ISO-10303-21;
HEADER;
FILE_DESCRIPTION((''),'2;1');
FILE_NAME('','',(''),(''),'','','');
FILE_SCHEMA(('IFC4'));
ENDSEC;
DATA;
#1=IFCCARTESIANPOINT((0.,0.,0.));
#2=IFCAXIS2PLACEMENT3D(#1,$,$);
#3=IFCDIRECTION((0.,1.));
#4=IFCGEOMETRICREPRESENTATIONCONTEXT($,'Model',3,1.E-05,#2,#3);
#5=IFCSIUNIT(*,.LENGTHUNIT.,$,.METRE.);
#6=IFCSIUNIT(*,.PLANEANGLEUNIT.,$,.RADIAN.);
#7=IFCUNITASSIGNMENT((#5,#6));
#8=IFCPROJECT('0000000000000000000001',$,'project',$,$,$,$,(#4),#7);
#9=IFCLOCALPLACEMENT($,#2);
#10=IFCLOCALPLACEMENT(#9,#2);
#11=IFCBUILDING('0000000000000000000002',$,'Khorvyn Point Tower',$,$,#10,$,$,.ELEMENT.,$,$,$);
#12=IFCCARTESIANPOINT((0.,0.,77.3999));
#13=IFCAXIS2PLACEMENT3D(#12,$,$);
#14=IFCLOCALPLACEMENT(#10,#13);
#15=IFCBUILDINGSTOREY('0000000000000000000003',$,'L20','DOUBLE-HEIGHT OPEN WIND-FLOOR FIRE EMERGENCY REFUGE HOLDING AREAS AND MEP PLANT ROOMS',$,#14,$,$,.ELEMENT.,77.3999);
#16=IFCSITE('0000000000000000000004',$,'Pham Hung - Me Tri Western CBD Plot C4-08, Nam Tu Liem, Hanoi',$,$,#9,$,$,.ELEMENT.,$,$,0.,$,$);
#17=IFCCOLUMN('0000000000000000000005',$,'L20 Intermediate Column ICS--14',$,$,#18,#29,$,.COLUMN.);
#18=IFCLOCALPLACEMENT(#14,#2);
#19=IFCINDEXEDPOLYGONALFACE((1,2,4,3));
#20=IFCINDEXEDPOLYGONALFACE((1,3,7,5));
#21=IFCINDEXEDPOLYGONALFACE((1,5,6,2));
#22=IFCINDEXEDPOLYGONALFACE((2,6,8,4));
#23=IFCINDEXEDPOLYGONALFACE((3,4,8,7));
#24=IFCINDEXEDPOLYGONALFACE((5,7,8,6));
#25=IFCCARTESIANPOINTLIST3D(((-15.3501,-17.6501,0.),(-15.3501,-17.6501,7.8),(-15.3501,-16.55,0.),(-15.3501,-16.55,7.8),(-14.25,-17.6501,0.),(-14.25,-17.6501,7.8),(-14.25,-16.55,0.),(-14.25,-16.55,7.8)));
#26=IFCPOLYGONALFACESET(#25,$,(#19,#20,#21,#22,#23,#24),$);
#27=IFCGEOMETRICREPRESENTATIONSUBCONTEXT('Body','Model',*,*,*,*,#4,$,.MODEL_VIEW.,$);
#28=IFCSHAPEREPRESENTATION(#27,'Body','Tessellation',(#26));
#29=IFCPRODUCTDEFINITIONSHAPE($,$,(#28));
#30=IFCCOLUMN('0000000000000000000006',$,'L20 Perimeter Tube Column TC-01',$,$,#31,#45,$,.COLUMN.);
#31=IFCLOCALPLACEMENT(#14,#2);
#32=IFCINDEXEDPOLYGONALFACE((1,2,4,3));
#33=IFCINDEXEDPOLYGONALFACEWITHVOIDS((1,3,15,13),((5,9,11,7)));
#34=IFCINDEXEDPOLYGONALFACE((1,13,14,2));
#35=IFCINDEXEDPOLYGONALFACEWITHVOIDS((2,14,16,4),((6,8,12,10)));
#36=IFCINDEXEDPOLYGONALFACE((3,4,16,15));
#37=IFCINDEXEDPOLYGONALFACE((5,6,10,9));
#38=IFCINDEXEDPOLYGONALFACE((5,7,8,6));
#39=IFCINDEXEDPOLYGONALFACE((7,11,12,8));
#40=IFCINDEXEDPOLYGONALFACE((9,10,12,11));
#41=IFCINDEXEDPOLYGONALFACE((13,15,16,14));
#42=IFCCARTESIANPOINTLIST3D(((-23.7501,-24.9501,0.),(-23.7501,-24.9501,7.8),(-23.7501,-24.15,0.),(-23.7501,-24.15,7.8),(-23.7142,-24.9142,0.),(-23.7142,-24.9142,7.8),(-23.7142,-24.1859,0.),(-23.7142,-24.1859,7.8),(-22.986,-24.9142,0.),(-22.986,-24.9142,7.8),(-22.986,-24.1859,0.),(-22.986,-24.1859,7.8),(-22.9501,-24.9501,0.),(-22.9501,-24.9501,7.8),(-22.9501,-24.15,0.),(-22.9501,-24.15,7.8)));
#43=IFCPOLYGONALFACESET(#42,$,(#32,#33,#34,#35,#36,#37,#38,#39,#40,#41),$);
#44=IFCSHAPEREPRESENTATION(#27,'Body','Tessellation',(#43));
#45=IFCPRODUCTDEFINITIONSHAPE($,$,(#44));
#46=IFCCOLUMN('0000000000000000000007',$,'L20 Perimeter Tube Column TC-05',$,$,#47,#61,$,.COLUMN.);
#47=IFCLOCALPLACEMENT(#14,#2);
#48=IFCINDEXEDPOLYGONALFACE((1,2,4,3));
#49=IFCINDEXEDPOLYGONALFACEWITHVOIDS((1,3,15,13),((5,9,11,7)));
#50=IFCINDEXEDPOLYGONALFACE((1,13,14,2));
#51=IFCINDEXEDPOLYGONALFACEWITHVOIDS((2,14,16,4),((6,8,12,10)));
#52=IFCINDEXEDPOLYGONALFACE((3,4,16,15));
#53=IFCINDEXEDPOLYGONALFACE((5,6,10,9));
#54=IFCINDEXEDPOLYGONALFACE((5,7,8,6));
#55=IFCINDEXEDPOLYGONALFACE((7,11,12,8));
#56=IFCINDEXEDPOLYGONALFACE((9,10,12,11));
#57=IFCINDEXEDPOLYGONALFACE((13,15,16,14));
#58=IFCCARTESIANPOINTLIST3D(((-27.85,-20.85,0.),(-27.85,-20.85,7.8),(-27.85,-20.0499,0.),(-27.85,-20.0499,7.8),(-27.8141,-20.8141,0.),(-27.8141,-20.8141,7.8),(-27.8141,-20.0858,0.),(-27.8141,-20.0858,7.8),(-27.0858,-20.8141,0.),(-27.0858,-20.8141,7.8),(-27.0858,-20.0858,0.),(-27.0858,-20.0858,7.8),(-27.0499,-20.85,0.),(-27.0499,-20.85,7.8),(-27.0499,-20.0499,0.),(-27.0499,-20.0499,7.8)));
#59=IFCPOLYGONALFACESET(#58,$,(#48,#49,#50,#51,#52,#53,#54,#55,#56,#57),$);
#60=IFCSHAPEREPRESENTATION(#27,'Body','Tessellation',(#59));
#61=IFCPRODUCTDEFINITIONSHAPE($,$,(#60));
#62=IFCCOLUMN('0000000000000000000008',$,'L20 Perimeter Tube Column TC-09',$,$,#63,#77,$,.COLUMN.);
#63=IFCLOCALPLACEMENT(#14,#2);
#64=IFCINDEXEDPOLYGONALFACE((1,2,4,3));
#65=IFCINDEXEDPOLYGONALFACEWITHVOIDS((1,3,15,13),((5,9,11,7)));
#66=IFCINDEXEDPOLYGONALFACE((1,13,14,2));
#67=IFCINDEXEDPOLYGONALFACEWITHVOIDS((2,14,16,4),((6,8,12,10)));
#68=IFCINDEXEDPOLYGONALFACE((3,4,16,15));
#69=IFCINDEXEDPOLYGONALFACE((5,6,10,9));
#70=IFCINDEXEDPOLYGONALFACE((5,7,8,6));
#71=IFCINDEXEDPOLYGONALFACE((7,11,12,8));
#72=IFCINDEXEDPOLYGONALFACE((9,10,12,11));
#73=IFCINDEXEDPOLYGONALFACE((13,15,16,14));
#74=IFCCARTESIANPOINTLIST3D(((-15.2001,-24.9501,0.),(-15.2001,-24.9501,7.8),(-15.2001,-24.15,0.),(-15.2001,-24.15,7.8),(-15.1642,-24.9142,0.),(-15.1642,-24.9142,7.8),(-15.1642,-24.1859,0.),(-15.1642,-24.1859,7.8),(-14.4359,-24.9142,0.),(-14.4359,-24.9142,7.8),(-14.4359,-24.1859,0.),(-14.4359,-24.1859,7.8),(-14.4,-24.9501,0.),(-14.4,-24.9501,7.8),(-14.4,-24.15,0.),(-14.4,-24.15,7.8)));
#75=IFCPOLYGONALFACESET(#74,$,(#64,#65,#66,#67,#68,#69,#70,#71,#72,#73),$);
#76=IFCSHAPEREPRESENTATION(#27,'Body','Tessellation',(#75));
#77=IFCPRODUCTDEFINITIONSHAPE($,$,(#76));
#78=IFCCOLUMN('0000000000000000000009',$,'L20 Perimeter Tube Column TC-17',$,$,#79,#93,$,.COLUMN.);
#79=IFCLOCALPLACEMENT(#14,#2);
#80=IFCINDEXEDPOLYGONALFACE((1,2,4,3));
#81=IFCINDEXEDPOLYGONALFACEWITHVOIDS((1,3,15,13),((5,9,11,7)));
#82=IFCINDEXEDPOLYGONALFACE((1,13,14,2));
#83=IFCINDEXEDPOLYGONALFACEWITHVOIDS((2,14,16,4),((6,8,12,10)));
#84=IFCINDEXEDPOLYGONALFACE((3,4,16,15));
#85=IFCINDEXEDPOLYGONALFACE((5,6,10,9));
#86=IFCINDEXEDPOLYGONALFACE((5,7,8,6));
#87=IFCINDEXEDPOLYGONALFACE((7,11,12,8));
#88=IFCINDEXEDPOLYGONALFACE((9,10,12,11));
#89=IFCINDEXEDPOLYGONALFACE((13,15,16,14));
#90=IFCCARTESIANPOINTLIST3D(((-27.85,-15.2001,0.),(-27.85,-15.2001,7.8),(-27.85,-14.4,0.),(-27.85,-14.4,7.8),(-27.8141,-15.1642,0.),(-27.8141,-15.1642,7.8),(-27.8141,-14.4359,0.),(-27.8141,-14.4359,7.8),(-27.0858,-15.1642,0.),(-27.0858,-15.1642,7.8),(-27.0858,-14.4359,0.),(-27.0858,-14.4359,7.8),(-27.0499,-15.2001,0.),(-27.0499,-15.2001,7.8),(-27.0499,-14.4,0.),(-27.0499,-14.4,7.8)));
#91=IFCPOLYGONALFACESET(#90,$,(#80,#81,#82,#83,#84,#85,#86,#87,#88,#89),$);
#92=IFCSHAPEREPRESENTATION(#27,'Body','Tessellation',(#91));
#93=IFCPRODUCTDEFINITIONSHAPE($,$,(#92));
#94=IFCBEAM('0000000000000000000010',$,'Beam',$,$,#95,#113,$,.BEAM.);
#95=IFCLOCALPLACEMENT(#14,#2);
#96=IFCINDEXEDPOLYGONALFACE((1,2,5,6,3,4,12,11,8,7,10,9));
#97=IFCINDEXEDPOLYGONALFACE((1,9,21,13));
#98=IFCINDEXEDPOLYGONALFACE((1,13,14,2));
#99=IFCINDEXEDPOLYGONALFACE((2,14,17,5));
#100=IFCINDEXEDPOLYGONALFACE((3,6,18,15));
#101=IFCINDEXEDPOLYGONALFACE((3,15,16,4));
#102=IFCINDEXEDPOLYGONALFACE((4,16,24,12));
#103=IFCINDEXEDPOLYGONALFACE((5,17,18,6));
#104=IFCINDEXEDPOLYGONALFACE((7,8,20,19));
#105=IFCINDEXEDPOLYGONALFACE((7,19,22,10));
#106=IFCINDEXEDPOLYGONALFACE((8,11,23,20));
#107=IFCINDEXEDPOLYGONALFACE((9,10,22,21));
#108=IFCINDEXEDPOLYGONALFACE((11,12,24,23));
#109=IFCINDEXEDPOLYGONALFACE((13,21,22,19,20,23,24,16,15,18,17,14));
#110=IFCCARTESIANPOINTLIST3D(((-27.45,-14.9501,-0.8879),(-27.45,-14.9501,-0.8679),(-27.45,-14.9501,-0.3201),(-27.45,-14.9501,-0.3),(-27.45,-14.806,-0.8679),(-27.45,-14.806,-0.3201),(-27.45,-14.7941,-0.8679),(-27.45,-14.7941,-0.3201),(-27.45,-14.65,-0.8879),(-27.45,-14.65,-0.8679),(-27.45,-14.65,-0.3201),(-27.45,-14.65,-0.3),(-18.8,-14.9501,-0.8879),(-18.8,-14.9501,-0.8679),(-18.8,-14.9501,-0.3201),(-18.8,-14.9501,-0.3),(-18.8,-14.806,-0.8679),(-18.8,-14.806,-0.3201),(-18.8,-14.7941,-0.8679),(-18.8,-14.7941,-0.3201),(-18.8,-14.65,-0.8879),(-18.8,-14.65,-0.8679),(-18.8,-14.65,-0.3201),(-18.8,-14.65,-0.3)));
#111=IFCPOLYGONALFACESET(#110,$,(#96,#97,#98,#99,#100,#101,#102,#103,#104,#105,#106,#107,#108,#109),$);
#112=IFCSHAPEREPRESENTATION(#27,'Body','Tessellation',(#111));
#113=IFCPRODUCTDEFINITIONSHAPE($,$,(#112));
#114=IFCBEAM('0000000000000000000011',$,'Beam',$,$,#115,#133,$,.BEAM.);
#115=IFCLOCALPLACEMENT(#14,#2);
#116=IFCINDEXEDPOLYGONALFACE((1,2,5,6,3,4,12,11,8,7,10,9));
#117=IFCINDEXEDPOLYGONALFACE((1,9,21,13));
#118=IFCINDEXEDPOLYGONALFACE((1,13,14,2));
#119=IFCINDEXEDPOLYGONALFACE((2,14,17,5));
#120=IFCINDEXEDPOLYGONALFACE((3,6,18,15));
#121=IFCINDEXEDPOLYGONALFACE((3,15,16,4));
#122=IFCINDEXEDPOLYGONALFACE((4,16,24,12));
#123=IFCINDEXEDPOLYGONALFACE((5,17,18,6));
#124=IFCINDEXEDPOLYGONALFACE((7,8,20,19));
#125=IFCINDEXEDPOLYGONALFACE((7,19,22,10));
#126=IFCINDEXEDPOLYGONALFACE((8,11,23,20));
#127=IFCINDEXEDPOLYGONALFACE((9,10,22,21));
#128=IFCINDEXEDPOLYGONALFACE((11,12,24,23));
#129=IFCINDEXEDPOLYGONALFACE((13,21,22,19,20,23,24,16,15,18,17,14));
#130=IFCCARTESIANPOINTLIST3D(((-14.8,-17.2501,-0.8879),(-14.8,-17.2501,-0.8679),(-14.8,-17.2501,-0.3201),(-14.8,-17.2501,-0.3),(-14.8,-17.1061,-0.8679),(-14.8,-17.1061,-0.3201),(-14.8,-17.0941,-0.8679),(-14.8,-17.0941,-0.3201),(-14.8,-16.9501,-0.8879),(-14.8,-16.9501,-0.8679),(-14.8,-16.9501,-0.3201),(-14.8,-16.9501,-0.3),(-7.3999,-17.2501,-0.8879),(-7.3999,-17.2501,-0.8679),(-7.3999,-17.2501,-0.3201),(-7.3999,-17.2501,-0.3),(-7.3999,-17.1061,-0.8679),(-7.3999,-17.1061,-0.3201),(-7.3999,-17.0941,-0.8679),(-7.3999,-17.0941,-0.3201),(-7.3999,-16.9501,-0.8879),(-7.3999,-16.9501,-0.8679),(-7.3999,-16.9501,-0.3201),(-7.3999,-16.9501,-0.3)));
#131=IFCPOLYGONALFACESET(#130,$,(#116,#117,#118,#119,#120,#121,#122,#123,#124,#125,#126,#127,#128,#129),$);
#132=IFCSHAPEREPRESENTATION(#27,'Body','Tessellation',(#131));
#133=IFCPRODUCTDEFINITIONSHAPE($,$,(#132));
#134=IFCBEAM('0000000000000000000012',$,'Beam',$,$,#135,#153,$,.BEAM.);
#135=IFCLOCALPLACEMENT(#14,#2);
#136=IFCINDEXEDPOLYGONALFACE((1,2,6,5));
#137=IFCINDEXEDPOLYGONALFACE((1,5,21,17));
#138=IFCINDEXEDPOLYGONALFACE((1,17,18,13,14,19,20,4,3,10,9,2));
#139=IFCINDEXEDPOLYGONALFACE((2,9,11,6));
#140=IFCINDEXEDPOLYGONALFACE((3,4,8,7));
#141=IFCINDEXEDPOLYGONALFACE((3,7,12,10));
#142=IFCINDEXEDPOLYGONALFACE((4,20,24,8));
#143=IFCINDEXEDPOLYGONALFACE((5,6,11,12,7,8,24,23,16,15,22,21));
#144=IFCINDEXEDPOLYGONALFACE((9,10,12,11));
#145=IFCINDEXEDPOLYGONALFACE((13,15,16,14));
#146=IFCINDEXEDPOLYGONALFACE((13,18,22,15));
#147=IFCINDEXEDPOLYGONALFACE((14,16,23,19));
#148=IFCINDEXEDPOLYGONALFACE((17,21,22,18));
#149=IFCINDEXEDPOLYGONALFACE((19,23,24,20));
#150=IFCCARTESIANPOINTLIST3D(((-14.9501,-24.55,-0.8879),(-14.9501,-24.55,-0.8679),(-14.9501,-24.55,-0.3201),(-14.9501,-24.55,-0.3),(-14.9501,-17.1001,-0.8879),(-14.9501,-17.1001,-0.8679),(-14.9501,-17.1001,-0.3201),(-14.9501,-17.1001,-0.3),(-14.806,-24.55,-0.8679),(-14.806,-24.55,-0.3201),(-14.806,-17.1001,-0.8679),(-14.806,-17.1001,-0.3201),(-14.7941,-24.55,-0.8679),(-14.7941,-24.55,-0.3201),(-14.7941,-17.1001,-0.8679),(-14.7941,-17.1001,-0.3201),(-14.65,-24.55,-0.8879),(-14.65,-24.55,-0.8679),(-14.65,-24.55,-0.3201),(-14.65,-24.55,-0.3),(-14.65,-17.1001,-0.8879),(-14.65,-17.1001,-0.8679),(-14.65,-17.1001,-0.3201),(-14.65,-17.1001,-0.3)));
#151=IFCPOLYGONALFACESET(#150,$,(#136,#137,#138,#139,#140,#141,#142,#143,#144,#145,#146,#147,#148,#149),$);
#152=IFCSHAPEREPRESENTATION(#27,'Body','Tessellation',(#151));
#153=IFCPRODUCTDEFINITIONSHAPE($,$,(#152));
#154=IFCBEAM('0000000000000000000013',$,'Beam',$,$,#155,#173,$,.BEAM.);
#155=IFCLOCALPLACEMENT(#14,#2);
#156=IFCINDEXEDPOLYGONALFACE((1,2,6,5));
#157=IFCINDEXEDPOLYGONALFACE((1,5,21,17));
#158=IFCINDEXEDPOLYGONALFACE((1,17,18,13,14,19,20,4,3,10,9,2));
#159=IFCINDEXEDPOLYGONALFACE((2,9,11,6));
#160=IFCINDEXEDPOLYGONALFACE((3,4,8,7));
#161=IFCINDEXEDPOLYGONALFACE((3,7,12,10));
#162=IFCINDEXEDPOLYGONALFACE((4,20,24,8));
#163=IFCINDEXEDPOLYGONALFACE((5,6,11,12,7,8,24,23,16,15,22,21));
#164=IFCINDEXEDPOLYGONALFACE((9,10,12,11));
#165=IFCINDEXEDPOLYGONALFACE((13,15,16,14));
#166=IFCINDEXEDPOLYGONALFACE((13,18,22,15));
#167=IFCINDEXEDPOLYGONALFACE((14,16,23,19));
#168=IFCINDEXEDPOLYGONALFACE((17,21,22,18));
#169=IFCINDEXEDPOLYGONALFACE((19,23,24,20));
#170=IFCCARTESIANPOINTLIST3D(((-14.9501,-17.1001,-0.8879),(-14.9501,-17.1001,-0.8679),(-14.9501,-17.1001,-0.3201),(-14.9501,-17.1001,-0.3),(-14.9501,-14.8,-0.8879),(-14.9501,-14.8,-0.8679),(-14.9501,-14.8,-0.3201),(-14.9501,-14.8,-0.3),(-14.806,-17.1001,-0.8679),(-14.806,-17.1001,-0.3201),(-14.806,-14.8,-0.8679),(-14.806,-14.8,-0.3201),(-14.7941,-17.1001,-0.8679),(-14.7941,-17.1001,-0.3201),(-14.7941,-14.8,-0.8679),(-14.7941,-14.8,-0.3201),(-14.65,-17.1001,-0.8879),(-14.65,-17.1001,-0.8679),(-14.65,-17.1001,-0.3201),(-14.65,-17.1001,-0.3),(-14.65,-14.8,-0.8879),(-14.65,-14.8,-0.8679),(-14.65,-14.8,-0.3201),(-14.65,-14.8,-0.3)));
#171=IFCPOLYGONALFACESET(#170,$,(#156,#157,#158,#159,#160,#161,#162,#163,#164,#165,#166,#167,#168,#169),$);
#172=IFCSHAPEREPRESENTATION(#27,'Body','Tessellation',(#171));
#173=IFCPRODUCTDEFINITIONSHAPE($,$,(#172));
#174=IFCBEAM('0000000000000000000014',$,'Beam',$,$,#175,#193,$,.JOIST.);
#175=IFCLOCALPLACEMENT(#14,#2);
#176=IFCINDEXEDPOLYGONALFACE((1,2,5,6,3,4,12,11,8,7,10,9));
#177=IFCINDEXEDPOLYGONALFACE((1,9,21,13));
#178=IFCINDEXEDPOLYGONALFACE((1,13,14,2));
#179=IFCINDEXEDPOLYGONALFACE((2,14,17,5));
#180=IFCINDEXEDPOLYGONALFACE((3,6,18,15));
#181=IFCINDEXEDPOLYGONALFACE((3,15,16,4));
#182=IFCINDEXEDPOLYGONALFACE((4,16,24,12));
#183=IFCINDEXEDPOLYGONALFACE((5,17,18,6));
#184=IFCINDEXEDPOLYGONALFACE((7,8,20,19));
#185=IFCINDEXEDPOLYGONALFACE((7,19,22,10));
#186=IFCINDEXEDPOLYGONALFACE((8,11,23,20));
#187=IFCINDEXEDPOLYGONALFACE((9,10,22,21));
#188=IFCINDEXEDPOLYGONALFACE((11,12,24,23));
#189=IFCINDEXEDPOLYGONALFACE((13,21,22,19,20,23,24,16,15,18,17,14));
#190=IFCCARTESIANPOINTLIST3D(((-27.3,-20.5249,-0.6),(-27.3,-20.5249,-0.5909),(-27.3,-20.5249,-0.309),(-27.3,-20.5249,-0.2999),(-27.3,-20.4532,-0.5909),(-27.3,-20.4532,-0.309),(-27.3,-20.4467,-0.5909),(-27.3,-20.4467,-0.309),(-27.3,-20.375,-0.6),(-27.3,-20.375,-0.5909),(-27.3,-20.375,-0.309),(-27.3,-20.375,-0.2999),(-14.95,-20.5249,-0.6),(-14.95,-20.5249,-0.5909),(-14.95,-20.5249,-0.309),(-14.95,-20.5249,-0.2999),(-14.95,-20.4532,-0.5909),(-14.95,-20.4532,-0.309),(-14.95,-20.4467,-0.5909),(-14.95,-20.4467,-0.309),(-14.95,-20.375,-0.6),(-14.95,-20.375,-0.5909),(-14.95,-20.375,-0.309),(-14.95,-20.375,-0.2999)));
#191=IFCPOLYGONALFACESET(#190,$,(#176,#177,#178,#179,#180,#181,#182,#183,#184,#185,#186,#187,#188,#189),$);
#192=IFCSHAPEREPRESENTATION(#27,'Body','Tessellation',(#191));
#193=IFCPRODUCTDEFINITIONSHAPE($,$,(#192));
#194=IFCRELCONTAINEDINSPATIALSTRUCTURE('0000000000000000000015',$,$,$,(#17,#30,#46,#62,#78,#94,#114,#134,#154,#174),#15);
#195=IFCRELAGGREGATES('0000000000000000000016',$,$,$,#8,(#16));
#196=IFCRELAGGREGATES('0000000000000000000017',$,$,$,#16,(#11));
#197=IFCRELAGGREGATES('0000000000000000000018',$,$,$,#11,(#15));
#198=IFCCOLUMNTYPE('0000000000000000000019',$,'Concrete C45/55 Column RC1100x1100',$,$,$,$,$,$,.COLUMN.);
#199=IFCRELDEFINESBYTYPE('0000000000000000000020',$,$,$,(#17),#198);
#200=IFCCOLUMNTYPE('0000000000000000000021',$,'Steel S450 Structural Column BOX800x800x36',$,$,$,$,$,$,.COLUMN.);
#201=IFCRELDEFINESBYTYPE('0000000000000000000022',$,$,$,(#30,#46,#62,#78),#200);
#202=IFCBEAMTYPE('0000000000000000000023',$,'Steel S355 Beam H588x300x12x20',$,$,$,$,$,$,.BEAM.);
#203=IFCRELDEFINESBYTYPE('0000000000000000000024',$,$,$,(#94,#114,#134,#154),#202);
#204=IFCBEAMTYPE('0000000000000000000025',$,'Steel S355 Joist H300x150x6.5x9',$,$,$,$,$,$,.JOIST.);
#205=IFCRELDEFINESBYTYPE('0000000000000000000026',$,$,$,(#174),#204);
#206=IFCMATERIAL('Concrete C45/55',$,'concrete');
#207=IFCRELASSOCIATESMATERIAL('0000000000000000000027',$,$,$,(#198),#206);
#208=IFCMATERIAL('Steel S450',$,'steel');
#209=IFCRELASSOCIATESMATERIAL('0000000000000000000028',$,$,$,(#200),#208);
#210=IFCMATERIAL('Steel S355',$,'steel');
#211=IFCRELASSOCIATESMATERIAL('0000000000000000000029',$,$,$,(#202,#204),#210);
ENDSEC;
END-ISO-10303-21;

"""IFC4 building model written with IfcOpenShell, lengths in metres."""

from ifc_helpers import new_model, si_unit, direction, frame, origin, origin_2d, place, context, subcontext, project, spatial, rectangle, hollow_rectangle, i_section, extrude, material, material_profile, profile_set, type_object, element, save


model = new_model("IFC4")

# Units and contexts
model_context = context("Model", 3, precision=1e-05, world=origin(), true_north=direction((0.0, 1.0)))
body_context = subcontext(model_context, "Body", "Model", "MODEL_VIEW")
ifc_project = project(units=[si_unit("LENGTHUNIT", "METRE"), si_unit("PLANEANGLEUNIT", "RADIAN")], contexts=[model_context])

# Site, building, storey
site_placement = place(None, origin())
site = spatial("IfcSite", under=ifc_project, at=site_placement, Name="Pham Hung - Me Tri Western CBD Plot C4-08, Nam Tu Liem, Hanoi", CompositionType="ELEMENT", RefElevation=0.0)
building_placement = place(site_placement, origin())
building = spatial("IfcBuilding", under=site, at=building_placement, Name="Khorvyn Point Tower", CompositionType="ELEMENT")
storey_placement = place(building_placement, frame((0.0, 0.0, 77.3999)))
storey = spatial("IfcBuildingStorey", under=building, at=storey_placement, Name="L20", Description="DOUBLE-HEIGHT OPEN WIND-FLOOR FIRE EMERGENCY REFUGE HOLDING AREAS AND MEP PLANT ROOMS", CompositionType="ELEMENT", Elevation=77.3999)

# Columns
ifc_material_1 = material(Name="Concrete C45/55", Category="concrete")
ifc_material_profile_1 = material_profile(ifc_material_1, rectangle(XDim=1.1001, YDim=1.1001, at=origin_2d()))
ifc_profile_set_1 = profile_set([ifc_material_profile_1], Name="Concrete C45/55 RC1100x1100")
column_type_1 = type_object("IfcColumnType", Name="Concrete C45/55 Column RC1100x1100", PredefinedType="COLUMN", material=ifc_profile_set_1)
column_placement = place(storey_placement, frame((-14.8, -17.1001, 0.0), z_axis=(0.0, 0.0, 1.0), x_axis=(1.0, 0.0, 0.0)))
element("IfcColumn", 1, at=column_placement, inside=storey, type_object=column_type_1, Name="L20 Intermediate Column ICS--14", PredefinedType="COLUMN", context=body_context, shape_type="SweptSolid", body=[
    extrude(rectangle(XDim=1.1001, YDim=1.1001, at=origin_2d()), origin(), (0.0, 0.0, 1.0), 7.8),
])
ifc_material_2 = material(Name="Steel S450", Category="steel")
ifc_material_profile_2 = material_profile(ifc_material_2, hollow_rectangle(XDim=0.8, YDim=0.8, WallThickness=0.0359, at=origin_2d()))
ifc_profile_set_2 = profile_set([ifc_material_profile_2], Name="Steel S450 BOX800x800x36")
column_type_2 = type_object("IfcColumnType", Name="Steel S450 Structural Column BOX800x800x36", PredefinedType="COLUMN", material=ifc_profile_set_2)
for number, where, z_axis, x_axis, name in (
    (2, (-23.3501, -24.55, 0.0), (0.0, 0.0, 1.0), (1.0, 0.0, 0.0), "L20 Perimeter Tube Column TC-01"),
    (3, (-27.45, -20.45, 0.0), (0.0, 0.0, 1.0), (1.0, 0.0, 0.0), "L20 Perimeter Tube Column TC-05"),
    (4, (-14.8, -24.55, 0.0), (0.0, 0.0, 1.0), (1.0, 0.0, 0.0), "L20 Perimeter Tube Column TC-09"),
    (5, (-27.45, -14.8, 0.0), (0.0, 0.0, 1.0), (1.0, 0.0, 0.0), "L20 Perimeter Tube Column TC-17"),
):
    element("IfcColumn", number, at=place(storey_placement, frame(where, z_axis=z_axis, x_axis=x_axis)), inside=storey, type_object=column_type_2, Name=name, PredefinedType="COLUMN", context=body_context, shape_type="SweptSolid", body=[
        extrude(hollow_rectangle(XDim=0.8, YDim=0.8, WallThickness=0.0359, at=origin_2d()), origin(), (0.0, 0.0, 1.0), 7.8),
    ])

# Beams
ifc_material_3 = material(Name="Steel S355", Category="steel")
ifc_material_profile_3 = material_profile(ifc_material_3, i_section(OverallWidth=0.3, OverallDepth=0.5879, WebThickness=0.012, FlangeThickness=0.02, at=origin_2d()))
ifc_profile_set_3 = profile_set([ifc_material_profile_3], Name="Steel S355 H588x300x12x20")
beam_type_1 = type_object("IfcBeamType", Name="Steel S355 Beam H588x300x12x20", PredefinedType="BEAM", material=ifc_profile_set_3)
beam_1_placement = place(storey_placement, frame((-27.45, -14.8, -0.594), z_axis=(1.0, 0.0, 0.0), x_axis=(0.0, 1.0, 0.0)))
element("IfcBeam", 6, at=beam_1_placement, inside=storey, type_object=beam_type_1, Name="Beam", PredefinedType="BEAM", context=body_context, shape_type="SweptSolid", body=[
    extrude(i_section(OverallWidth=0.3, OverallDepth=0.5879, WebThickness=0.012, FlangeThickness=0.02, at=origin_2d()), origin(), (0.0, 0.0, 1.0), 8.6499),
])
beam_2_placement = place(storey_placement, frame((-14.8, -17.1001, -0.594), z_axis=(1.0, 0.0, 0.0), x_axis=(0.0, 1.0, 0.0)))
element("IfcBeam", 7, at=beam_2_placement, inside=storey, type_object=beam_type_1, Name="Beam", PredefinedType="BEAM", context=body_context, shape_type="SweptSolid", body=[
    extrude(i_section(OverallWidth=0.3, OverallDepth=0.5879, WebThickness=0.012, FlangeThickness=0.02, at=origin_2d()), origin(), (0.0, 0.0, 1.0), 7.4001),
])
beam_3_placement = place(storey_placement, frame((-14.8, -24.55, -0.594), z_axis=(0.0, 1.0, 0.0), x_axis=(-1.0, 0.0, 0.0)))
element("IfcBeam", 8, at=beam_3_placement, inside=storey, type_object=beam_type_1, Name="Beam", PredefinedType="BEAM", context=body_context, shape_type="SweptSolid", body=[
    extrude(i_section(OverallWidth=0.3, OverallDepth=0.5879, WebThickness=0.012, FlangeThickness=0.02, at=origin_2d()), origin(), (0.0, 0.0, 1.0), 7.45),
])
beam_4_placement = place(storey_placement, frame((-14.8, -17.1001, -0.594), z_axis=(0.0, 1.0, 0.0), x_axis=(-1.0, 0.0, 0.0)))
element("IfcBeam", 9, at=beam_4_placement, inside=storey, type_object=beam_type_1, Name="Beam", PredefinedType="BEAM", context=body_context, shape_type="SweptSolid", body=[
    extrude(i_section(OverallWidth=0.3, OverallDepth=0.5879, WebThickness=0.012, FlangeThickness=0.02, at=origin_2d()), origin(), (0.0, 0.0, 1.0), 2.3),
])
ifc_material_profile_4 = material_profile(ifc_material_3, i_section(OverallWidth=0.1499, OverallDepth=0.3, WebThickness=0.0066, FlangeThickness=0.009, at=origin_2d()))
ifc_profile_set_4 = profile_set([ifc_material_profile_4], Name="Steel S355 H300x150x6.5x9")
beam_type_2 = type_object("IfcBeamType", Name="Steel S355 Joist H300x150x6.5x9", PredefinedType="JOIST", material=ifc_profile_set_4)
beam_5_placement = place(storey_placement, frame((-27.3, -20.45, -0.45), z_axis=(1.0, 0.0, 0.0), x_axis=(0.0, 1.0, 0.0)))
element("IfcBeam", 10, at=beam_5_placement, inside=storey, type_object=beam_type_2, Name="Beam", PredefinedType="JOIST", context=body_context, shape_type="SweptSolid", body=[
    extrude(i_section(OverallWidth=0.1499, OverallDepth=0.3, WebThickness=0.0066, FlangeThickness=0.009, at=origin_2d()), origin(), (0.0, 0.0, 1.0), 12.3501),
])

save(model, "model.ifc")
